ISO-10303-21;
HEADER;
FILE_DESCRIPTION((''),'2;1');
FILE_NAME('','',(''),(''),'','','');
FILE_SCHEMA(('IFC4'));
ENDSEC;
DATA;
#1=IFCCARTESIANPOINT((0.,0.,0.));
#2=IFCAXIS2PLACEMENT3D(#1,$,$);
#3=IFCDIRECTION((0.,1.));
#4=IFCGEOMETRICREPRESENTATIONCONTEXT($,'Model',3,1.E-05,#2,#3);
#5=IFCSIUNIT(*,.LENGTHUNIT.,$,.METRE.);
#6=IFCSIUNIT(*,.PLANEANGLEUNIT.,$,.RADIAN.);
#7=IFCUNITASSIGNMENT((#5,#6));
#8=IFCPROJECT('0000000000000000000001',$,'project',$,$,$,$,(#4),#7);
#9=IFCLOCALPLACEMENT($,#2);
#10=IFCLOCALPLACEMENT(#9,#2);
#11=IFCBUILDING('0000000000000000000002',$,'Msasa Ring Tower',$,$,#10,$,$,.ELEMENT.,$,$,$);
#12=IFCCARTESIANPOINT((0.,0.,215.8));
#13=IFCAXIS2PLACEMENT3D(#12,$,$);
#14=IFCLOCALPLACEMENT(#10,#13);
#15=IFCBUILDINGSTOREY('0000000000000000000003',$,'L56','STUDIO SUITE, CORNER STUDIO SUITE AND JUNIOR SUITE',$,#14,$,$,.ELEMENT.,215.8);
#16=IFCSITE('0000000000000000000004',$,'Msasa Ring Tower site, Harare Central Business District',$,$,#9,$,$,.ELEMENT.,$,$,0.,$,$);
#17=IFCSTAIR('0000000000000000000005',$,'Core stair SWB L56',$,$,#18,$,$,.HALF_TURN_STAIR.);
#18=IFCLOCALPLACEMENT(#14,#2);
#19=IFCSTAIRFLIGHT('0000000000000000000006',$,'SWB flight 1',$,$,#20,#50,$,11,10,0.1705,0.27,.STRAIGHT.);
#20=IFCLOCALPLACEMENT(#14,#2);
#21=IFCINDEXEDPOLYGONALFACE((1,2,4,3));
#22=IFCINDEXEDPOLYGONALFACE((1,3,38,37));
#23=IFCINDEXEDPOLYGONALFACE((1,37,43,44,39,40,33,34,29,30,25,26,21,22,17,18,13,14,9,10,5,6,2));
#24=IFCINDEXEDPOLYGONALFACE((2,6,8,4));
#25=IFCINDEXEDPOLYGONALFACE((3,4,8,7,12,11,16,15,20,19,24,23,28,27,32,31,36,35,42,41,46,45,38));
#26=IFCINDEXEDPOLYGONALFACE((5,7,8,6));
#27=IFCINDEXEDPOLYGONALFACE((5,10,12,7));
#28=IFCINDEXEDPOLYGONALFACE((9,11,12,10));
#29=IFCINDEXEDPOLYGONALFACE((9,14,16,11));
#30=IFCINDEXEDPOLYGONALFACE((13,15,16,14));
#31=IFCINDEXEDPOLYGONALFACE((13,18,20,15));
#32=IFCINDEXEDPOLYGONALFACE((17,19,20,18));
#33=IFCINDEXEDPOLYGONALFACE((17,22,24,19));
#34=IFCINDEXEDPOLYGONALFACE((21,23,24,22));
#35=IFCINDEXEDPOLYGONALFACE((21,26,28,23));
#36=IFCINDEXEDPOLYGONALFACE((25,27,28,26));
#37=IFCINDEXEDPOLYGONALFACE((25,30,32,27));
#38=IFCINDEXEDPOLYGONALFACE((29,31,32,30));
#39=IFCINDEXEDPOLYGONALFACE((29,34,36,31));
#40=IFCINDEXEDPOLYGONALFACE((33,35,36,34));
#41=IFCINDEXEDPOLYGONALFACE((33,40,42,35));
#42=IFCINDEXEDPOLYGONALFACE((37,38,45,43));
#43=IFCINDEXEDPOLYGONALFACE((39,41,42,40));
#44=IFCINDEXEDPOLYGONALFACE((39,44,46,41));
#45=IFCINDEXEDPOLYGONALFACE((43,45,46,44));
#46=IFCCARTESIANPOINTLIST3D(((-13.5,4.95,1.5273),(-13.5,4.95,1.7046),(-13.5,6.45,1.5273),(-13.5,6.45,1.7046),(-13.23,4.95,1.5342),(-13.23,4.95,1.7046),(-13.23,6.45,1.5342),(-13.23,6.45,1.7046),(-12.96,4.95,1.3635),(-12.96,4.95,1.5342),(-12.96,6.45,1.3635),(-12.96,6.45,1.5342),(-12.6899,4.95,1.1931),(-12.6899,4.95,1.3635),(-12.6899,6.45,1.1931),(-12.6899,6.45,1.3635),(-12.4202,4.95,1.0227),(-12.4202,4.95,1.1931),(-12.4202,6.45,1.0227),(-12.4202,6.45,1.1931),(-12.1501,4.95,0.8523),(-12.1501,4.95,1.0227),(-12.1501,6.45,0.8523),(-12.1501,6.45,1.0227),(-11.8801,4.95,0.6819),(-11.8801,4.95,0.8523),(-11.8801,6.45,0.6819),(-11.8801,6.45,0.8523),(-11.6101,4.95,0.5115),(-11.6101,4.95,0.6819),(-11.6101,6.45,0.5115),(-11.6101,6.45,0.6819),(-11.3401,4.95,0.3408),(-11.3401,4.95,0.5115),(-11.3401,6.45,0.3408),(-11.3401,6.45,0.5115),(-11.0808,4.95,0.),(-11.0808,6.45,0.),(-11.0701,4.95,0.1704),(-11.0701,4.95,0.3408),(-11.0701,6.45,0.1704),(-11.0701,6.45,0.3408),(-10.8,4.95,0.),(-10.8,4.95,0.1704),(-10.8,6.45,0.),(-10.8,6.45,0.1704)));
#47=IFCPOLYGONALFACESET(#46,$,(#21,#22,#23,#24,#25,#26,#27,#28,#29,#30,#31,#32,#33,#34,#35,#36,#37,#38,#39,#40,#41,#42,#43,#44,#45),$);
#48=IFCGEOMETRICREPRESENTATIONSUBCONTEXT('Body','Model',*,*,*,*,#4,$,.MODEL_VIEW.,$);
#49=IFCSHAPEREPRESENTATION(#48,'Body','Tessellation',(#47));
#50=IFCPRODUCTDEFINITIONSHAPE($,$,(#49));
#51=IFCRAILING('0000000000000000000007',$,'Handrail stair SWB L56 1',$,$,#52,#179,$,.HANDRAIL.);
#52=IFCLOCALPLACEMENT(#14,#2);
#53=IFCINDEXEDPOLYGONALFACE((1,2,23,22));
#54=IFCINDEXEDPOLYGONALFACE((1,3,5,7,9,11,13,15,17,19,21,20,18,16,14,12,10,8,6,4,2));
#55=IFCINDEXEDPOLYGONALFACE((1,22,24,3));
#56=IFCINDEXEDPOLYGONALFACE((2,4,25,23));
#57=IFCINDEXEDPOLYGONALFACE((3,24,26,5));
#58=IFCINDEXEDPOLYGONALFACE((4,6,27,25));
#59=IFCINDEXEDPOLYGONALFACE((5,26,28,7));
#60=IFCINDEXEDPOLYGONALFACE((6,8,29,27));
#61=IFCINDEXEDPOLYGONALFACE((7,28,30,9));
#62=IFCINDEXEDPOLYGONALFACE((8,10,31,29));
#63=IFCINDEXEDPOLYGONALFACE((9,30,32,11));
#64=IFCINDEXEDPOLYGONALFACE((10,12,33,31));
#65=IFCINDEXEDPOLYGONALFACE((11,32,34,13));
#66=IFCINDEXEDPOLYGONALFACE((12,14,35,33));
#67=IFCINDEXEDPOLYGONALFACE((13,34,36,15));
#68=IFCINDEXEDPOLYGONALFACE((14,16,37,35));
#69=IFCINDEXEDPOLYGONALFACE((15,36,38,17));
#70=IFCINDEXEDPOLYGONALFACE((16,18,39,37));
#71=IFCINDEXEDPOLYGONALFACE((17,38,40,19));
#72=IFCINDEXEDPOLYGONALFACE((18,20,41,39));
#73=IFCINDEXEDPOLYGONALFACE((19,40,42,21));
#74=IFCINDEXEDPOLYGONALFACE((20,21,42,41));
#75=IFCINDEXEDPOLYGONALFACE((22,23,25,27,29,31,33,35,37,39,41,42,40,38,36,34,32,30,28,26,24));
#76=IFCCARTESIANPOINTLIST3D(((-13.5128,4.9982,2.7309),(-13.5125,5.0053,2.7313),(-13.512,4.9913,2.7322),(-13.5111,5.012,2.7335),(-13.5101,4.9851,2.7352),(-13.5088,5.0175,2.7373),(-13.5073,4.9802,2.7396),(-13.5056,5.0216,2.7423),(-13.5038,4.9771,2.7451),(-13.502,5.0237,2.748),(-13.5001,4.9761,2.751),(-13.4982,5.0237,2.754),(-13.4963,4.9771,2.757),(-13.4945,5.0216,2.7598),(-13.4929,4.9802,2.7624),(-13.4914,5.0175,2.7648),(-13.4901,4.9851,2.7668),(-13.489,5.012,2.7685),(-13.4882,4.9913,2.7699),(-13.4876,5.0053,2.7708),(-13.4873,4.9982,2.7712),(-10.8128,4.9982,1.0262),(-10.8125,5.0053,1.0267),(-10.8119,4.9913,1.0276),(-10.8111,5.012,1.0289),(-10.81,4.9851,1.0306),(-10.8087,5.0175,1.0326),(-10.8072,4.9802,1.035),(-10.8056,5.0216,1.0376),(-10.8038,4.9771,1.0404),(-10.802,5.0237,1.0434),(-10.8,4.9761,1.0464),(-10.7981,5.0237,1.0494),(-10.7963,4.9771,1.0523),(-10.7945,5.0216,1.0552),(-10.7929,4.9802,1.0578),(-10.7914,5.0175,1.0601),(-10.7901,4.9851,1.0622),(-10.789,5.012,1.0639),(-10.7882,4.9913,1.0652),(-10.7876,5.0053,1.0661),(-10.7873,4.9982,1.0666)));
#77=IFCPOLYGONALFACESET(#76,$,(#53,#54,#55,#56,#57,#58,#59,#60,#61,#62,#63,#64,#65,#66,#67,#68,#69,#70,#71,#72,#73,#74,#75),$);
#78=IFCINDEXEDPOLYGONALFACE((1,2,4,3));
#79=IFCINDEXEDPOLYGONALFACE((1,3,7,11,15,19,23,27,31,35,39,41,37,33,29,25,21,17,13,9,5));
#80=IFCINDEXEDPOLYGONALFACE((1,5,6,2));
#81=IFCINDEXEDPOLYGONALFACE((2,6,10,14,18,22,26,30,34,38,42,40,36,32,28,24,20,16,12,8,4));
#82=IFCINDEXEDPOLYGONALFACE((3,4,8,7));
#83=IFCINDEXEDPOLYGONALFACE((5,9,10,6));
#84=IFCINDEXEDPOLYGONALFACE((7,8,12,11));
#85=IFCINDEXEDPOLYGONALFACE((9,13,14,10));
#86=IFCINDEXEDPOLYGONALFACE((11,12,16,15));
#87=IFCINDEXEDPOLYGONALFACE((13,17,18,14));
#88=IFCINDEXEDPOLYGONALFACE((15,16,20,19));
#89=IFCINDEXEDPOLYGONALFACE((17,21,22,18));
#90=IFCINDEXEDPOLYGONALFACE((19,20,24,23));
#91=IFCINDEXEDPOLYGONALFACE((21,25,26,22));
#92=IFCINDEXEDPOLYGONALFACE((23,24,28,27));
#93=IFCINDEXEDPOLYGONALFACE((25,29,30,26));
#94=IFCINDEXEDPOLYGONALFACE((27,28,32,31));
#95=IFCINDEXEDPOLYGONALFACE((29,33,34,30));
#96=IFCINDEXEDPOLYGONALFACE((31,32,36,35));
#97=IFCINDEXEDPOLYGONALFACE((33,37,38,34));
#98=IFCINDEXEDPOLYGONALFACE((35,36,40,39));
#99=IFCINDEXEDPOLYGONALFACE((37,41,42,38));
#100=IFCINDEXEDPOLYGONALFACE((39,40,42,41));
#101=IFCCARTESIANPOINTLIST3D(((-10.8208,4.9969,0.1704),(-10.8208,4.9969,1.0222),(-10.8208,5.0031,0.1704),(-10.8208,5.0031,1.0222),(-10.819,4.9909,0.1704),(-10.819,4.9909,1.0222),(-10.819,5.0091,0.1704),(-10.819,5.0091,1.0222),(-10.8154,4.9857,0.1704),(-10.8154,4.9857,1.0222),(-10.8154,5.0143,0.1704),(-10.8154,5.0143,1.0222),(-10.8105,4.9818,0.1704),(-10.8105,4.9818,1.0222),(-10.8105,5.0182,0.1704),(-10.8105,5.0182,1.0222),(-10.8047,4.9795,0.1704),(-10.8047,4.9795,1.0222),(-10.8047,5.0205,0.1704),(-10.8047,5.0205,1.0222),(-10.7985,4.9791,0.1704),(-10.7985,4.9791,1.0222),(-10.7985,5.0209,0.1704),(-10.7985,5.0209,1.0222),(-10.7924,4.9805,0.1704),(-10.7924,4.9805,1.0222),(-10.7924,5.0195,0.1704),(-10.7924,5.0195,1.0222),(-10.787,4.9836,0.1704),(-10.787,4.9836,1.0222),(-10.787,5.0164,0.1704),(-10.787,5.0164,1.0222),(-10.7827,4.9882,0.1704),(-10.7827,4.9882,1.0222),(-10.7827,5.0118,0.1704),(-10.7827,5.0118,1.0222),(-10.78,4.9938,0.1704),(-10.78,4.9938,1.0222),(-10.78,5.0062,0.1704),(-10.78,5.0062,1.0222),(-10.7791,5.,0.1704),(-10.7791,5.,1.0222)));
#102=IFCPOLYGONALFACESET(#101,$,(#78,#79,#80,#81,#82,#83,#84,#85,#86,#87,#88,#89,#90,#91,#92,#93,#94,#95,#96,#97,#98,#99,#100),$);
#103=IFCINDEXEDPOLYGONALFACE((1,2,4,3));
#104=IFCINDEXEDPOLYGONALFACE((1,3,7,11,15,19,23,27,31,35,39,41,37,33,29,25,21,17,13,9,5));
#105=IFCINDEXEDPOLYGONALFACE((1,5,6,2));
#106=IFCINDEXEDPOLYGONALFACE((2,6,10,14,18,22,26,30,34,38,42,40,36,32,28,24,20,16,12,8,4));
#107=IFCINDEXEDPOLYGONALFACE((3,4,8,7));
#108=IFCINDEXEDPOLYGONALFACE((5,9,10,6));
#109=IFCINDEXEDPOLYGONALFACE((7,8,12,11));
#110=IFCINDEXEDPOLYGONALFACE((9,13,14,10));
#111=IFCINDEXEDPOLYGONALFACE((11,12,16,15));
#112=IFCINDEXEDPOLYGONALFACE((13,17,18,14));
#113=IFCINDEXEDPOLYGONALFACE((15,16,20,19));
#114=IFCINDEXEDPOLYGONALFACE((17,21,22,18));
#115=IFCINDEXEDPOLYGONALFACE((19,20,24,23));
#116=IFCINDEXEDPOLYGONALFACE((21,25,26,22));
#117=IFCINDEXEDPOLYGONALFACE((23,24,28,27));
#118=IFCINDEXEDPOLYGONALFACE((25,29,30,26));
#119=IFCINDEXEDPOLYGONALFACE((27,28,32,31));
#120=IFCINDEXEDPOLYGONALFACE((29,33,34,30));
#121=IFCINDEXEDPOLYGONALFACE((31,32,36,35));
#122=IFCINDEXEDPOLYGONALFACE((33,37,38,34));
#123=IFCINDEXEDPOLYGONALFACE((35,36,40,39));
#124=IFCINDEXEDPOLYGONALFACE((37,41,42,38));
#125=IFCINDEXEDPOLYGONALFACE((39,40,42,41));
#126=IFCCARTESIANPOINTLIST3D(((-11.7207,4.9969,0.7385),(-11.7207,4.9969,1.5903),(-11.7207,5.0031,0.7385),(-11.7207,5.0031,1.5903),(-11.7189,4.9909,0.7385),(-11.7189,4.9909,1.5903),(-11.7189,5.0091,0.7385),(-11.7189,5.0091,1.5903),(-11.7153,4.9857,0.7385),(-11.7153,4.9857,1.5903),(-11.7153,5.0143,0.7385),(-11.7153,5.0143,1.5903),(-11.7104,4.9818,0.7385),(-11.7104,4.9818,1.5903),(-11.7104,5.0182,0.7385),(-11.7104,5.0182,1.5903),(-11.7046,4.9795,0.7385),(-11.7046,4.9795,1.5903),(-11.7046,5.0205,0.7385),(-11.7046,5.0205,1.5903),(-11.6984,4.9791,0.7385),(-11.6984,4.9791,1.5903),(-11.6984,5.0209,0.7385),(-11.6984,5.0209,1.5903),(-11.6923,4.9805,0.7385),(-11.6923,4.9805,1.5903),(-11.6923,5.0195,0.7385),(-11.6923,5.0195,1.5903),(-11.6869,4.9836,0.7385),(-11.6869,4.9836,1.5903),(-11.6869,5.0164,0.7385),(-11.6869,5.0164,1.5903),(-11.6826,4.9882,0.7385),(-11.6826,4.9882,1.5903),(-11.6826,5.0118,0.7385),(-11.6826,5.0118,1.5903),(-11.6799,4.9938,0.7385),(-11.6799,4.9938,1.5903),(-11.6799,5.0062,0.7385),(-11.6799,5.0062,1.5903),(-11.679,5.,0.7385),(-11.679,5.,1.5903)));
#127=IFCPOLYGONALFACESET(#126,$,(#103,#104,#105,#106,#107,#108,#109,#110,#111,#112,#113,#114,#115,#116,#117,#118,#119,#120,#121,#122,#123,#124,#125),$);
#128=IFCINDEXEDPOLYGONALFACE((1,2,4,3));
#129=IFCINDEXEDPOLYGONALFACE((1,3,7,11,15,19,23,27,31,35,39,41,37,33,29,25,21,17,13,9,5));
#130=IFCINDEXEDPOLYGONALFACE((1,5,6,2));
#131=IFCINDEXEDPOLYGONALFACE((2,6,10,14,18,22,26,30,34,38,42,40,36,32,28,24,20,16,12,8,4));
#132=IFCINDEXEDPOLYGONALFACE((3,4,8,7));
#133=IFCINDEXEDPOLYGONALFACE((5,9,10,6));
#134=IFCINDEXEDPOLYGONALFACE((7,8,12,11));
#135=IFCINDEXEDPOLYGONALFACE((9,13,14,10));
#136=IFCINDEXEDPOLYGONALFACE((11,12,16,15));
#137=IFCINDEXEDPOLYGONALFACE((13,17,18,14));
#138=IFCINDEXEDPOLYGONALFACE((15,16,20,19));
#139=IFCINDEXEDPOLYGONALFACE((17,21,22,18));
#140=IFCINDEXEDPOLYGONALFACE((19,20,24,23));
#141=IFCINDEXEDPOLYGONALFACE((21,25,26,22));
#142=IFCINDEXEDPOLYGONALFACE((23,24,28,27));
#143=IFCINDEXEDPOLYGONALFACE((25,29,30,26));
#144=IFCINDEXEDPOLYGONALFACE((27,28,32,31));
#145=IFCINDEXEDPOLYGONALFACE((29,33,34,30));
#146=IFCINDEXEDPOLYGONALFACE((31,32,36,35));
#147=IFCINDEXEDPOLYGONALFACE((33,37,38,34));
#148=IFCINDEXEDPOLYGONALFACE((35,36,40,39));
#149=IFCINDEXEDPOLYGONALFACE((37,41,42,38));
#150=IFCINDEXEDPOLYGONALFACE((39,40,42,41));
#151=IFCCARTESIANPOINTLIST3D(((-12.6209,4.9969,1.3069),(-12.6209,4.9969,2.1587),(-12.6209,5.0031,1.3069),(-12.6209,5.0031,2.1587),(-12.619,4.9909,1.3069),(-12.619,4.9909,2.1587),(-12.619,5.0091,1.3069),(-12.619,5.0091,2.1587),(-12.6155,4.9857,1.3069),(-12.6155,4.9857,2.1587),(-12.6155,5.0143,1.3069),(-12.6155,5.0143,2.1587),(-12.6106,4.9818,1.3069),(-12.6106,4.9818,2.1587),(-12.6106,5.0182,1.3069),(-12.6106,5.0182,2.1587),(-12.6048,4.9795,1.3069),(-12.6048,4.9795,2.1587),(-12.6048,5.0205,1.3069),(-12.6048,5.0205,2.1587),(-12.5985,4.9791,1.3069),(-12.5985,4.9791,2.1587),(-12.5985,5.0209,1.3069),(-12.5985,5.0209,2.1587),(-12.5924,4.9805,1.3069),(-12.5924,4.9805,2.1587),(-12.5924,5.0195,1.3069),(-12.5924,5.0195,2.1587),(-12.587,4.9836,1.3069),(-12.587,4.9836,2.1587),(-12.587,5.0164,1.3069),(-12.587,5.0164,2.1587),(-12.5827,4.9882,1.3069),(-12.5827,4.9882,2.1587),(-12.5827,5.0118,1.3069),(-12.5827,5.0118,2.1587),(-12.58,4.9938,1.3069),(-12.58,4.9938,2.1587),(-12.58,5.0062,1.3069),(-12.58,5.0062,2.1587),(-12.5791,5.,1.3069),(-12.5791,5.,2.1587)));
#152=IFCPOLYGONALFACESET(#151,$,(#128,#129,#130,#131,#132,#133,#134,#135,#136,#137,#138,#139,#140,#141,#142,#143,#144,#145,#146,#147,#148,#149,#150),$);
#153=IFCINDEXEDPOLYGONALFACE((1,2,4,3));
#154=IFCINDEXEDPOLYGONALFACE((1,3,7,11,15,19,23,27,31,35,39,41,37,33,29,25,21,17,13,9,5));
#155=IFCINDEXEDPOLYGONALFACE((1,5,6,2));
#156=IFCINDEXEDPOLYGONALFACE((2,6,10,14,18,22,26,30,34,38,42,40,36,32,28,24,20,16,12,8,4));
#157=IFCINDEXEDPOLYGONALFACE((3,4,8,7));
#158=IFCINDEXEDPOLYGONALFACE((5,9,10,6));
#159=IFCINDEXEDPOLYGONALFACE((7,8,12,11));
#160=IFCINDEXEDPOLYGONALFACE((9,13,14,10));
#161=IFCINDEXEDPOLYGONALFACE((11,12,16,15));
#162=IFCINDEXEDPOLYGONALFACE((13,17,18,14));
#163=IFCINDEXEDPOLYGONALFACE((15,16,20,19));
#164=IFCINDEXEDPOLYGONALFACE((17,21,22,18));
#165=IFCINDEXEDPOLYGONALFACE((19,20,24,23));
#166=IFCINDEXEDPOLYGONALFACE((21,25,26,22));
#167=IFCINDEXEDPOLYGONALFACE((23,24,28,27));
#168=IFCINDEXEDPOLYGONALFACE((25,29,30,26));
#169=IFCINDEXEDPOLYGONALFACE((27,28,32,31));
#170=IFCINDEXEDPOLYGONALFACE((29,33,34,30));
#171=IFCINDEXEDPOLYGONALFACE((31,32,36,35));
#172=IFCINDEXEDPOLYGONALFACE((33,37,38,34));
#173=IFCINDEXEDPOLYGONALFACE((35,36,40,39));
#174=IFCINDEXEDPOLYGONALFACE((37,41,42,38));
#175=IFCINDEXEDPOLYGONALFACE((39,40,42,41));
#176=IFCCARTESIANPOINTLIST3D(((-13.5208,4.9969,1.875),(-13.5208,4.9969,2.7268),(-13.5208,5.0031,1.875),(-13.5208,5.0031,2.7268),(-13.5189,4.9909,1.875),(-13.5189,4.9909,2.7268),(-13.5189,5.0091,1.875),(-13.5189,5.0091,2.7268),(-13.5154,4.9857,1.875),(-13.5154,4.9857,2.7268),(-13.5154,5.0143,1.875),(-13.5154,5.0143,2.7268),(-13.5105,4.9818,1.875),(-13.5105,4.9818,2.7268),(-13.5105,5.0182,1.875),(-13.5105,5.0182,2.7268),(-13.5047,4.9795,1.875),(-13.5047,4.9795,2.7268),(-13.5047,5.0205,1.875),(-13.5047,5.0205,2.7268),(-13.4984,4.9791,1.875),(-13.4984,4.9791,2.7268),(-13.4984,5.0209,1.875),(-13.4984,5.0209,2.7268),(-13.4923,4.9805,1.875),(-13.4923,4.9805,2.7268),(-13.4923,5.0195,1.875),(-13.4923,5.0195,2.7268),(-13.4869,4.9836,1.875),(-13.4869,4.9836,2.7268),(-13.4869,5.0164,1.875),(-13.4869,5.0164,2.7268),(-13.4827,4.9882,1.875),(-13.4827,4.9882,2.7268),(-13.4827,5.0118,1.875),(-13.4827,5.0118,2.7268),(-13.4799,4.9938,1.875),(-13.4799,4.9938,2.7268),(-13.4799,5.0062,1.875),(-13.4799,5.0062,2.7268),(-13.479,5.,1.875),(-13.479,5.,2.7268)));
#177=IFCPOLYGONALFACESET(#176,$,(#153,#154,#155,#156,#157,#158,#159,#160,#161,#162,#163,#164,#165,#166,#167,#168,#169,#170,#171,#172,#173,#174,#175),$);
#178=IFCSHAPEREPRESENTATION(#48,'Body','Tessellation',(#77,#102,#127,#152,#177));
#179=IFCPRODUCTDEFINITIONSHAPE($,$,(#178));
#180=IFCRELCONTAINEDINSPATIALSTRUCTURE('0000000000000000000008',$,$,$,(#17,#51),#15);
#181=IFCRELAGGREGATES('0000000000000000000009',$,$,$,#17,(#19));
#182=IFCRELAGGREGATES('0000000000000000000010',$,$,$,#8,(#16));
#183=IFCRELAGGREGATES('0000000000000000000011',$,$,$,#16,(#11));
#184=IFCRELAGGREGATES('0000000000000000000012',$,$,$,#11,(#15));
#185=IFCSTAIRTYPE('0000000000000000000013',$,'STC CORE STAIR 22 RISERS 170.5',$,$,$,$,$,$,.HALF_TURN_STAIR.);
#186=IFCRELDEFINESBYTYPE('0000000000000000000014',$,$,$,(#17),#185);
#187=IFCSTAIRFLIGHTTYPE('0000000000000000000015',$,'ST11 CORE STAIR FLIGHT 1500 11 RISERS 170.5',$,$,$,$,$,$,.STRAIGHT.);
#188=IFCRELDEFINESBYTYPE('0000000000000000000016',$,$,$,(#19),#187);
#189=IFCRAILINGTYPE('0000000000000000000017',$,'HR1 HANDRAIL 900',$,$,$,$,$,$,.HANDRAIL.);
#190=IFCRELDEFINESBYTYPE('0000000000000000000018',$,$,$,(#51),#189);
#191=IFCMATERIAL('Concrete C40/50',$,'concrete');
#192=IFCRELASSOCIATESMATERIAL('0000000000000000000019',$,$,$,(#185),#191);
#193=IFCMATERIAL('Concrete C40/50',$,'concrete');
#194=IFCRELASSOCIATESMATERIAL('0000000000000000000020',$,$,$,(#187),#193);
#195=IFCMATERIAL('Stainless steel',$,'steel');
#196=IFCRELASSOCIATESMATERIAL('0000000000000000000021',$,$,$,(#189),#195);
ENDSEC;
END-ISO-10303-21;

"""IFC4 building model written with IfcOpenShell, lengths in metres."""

from ifc_helpers import new_model, si_unit, direction, frame, origin, origin_2d, place, context, subcontext, project, spatial, polyline, circle, outline, extrude, material, type_object, element, aggregate, save


model = new_model("IFC4")

# Units and contexts
model_context = context("Model", 3, precision=1e-05, world=origin(), true_north=direction((0.0, 1.0)))
body_context = subcontext(model_context, "Body", "Model", "MODEL_VIEW")
ifc_project = project(units=[si_unit("LENGTHUNIT", "METRE"), si_unit("PLANEANGLEUNIT", "RADIAN")], contexts=[model_context])

# Site, building, storey
site_placement = place(None, origin())
site = spatial("IfcSite", under=ifc_project, at=site_placement, Name="Msasa Ring Tower site, Harare Central Business District", CompositionType="ELEMENT", RefElevation=0.0)
building_placement = place(site_placement, origin())
building = spatial("IfcBuilding", under=site, at=building_placement, Name="Msasa Ring Tower", CompositionType="ELEMENT")
storey_placement = place(building_placement, frame((0.0, 0.0, 215.8)))
storey = spatial("IfcBuildingStorey", under=building, at=storey_placement, Name="L56", Description="STUDIO SUITE, CORNER STUDIO SUITE AND JUNIOR SUITE", CompositionType="ELEMENT", Elevation=215.8)

# Stair, stair flight
ifc_material_1 = material(Name="Concrete C40/50", Category="concrete")
stair_type = type_object("IfcStairType", Name="STC CORE STAIR 22 RISERS 170.5", PredefinedType="HALF_TURN_STAIR", material=ifc_material_1)
stair_placement = place(storey_placement, origin())
stair = element("IfcStair", 1, at=stair_placement, inside=storey, type_object=stair_type, Name="Core stair SWB L56", PredefinedType="HALF_TURN_STAIR")
ifc_material_2 = material(Name="Concrete C40/50", Category="concrete")
stair_flight_type = type_object("IfcStairFlightType", Name="ST11 CORE STAIR FLIGHT 1500 11 RISERS 170.5", PredefinedType="STRAIGHT", material=ifc_material_2)
stair_flight_placement = place(storey_placement, frame((-10.8, 5.7, 0.0), z_axis=(0.0, 0.0, 1.0), x_axis=(-1.0, 0.0, 0.0)))
stair_flight = element("IfcStairFlight", 2, at=stair_flight_placement, type_object=stair_flight_type, Name="SWB flight 1", NumberOfRisers=11, NumberOfTreads=10, PredefinedType="STRAIGHT", RiserHeight=0.1705, TreadLength=0.27, context=body_context, shape_type="SweptSolid", body=[
    extrude(outline(polyline([(0.0, 0.0), (0.0, 0.1704), (0.27, 0.1704), (0.27, 0.3408), (0.54, 0.3408), (0.54, 0.5115), (0.8101, 0.5115), (0.8101, 0.6819), (1.0801, 0.6819), (1.0801, 0.8523), (1.3501, 0.8523), (1.3501, 1.0227), (1.6201, 1.0227), (1.6201, 1.1931), (1.8899, 1.1931), (1.8899, 1.3635), (2.1599, 1.3635), (2.1599, 1.5342), (2.4299, 1.5342), (2.4299, 1.7046), (2.7, 1.7046), (2.7, 1.875), (2.7, 1.5273), (0.2808, 0.0), (0.0, 0.0)])), frame((0.0, 0.75, 0.0), z_axis=(0.0, -1.0, 0.0), x_axis=(1.0, 0.0, 0.0)), (0.0, 0.0, 1.0), 1.5),
])
aggregate(stair, [stair_flight])

# Railing
ifc_material_3 = material(Name="Stainless steel", Category="steel")
railing_type = type_object("IfcRailingType", Name="HR1 HANDRAIL 900", PredefinedType="HANDRAIL", material=ifc_material_3)
for number, where, name in (
    (3, (-10.8, 5.0, 0.1704), "Handrail stair SWB L56 1"),
):
    element("IfcRailing", number, at=place(storey_placement, frame(where)), inside=storey, type_object=railing_type, Name=name, PredefinedType="HANDRAIL", context=body_context, shape_type="SweptSolid", body=[
        extrude(circle(Radius=0.0239, at=origin_2d()), frame((0.0, 0.0, 0.876), z_axis=(-0.84558, 0.0, 0.533849), x_axis=(0.0, -1.0, 0.0)), (0.0, 0.0, 1.0), 3.1931),
        extrude(circle(Radius=0.021, at=origin_2d()), origin(), (0.0, 0.0, 1.0), 0.8518),
        extrude(circle(Radius=0.021, at=origin_2d()), frame((-0.8999, 0.0, 0.5681)), (0.0, 0.0, 1.0), 0.8518),
        extrude(circle(Radius=0.021, at=origin_2d()), frame((-1.8, 0.0, 1.1365)), (0.0, 0.0, 1.0), 0.8518),
        extrude(circle(Radius=0.021, at=origin_2d()), frame((-2.7, 0.0, 1.7046)), (0.0, 0.0, 1.0), 0.8518),
    ])

save(model, "model.ifc")
